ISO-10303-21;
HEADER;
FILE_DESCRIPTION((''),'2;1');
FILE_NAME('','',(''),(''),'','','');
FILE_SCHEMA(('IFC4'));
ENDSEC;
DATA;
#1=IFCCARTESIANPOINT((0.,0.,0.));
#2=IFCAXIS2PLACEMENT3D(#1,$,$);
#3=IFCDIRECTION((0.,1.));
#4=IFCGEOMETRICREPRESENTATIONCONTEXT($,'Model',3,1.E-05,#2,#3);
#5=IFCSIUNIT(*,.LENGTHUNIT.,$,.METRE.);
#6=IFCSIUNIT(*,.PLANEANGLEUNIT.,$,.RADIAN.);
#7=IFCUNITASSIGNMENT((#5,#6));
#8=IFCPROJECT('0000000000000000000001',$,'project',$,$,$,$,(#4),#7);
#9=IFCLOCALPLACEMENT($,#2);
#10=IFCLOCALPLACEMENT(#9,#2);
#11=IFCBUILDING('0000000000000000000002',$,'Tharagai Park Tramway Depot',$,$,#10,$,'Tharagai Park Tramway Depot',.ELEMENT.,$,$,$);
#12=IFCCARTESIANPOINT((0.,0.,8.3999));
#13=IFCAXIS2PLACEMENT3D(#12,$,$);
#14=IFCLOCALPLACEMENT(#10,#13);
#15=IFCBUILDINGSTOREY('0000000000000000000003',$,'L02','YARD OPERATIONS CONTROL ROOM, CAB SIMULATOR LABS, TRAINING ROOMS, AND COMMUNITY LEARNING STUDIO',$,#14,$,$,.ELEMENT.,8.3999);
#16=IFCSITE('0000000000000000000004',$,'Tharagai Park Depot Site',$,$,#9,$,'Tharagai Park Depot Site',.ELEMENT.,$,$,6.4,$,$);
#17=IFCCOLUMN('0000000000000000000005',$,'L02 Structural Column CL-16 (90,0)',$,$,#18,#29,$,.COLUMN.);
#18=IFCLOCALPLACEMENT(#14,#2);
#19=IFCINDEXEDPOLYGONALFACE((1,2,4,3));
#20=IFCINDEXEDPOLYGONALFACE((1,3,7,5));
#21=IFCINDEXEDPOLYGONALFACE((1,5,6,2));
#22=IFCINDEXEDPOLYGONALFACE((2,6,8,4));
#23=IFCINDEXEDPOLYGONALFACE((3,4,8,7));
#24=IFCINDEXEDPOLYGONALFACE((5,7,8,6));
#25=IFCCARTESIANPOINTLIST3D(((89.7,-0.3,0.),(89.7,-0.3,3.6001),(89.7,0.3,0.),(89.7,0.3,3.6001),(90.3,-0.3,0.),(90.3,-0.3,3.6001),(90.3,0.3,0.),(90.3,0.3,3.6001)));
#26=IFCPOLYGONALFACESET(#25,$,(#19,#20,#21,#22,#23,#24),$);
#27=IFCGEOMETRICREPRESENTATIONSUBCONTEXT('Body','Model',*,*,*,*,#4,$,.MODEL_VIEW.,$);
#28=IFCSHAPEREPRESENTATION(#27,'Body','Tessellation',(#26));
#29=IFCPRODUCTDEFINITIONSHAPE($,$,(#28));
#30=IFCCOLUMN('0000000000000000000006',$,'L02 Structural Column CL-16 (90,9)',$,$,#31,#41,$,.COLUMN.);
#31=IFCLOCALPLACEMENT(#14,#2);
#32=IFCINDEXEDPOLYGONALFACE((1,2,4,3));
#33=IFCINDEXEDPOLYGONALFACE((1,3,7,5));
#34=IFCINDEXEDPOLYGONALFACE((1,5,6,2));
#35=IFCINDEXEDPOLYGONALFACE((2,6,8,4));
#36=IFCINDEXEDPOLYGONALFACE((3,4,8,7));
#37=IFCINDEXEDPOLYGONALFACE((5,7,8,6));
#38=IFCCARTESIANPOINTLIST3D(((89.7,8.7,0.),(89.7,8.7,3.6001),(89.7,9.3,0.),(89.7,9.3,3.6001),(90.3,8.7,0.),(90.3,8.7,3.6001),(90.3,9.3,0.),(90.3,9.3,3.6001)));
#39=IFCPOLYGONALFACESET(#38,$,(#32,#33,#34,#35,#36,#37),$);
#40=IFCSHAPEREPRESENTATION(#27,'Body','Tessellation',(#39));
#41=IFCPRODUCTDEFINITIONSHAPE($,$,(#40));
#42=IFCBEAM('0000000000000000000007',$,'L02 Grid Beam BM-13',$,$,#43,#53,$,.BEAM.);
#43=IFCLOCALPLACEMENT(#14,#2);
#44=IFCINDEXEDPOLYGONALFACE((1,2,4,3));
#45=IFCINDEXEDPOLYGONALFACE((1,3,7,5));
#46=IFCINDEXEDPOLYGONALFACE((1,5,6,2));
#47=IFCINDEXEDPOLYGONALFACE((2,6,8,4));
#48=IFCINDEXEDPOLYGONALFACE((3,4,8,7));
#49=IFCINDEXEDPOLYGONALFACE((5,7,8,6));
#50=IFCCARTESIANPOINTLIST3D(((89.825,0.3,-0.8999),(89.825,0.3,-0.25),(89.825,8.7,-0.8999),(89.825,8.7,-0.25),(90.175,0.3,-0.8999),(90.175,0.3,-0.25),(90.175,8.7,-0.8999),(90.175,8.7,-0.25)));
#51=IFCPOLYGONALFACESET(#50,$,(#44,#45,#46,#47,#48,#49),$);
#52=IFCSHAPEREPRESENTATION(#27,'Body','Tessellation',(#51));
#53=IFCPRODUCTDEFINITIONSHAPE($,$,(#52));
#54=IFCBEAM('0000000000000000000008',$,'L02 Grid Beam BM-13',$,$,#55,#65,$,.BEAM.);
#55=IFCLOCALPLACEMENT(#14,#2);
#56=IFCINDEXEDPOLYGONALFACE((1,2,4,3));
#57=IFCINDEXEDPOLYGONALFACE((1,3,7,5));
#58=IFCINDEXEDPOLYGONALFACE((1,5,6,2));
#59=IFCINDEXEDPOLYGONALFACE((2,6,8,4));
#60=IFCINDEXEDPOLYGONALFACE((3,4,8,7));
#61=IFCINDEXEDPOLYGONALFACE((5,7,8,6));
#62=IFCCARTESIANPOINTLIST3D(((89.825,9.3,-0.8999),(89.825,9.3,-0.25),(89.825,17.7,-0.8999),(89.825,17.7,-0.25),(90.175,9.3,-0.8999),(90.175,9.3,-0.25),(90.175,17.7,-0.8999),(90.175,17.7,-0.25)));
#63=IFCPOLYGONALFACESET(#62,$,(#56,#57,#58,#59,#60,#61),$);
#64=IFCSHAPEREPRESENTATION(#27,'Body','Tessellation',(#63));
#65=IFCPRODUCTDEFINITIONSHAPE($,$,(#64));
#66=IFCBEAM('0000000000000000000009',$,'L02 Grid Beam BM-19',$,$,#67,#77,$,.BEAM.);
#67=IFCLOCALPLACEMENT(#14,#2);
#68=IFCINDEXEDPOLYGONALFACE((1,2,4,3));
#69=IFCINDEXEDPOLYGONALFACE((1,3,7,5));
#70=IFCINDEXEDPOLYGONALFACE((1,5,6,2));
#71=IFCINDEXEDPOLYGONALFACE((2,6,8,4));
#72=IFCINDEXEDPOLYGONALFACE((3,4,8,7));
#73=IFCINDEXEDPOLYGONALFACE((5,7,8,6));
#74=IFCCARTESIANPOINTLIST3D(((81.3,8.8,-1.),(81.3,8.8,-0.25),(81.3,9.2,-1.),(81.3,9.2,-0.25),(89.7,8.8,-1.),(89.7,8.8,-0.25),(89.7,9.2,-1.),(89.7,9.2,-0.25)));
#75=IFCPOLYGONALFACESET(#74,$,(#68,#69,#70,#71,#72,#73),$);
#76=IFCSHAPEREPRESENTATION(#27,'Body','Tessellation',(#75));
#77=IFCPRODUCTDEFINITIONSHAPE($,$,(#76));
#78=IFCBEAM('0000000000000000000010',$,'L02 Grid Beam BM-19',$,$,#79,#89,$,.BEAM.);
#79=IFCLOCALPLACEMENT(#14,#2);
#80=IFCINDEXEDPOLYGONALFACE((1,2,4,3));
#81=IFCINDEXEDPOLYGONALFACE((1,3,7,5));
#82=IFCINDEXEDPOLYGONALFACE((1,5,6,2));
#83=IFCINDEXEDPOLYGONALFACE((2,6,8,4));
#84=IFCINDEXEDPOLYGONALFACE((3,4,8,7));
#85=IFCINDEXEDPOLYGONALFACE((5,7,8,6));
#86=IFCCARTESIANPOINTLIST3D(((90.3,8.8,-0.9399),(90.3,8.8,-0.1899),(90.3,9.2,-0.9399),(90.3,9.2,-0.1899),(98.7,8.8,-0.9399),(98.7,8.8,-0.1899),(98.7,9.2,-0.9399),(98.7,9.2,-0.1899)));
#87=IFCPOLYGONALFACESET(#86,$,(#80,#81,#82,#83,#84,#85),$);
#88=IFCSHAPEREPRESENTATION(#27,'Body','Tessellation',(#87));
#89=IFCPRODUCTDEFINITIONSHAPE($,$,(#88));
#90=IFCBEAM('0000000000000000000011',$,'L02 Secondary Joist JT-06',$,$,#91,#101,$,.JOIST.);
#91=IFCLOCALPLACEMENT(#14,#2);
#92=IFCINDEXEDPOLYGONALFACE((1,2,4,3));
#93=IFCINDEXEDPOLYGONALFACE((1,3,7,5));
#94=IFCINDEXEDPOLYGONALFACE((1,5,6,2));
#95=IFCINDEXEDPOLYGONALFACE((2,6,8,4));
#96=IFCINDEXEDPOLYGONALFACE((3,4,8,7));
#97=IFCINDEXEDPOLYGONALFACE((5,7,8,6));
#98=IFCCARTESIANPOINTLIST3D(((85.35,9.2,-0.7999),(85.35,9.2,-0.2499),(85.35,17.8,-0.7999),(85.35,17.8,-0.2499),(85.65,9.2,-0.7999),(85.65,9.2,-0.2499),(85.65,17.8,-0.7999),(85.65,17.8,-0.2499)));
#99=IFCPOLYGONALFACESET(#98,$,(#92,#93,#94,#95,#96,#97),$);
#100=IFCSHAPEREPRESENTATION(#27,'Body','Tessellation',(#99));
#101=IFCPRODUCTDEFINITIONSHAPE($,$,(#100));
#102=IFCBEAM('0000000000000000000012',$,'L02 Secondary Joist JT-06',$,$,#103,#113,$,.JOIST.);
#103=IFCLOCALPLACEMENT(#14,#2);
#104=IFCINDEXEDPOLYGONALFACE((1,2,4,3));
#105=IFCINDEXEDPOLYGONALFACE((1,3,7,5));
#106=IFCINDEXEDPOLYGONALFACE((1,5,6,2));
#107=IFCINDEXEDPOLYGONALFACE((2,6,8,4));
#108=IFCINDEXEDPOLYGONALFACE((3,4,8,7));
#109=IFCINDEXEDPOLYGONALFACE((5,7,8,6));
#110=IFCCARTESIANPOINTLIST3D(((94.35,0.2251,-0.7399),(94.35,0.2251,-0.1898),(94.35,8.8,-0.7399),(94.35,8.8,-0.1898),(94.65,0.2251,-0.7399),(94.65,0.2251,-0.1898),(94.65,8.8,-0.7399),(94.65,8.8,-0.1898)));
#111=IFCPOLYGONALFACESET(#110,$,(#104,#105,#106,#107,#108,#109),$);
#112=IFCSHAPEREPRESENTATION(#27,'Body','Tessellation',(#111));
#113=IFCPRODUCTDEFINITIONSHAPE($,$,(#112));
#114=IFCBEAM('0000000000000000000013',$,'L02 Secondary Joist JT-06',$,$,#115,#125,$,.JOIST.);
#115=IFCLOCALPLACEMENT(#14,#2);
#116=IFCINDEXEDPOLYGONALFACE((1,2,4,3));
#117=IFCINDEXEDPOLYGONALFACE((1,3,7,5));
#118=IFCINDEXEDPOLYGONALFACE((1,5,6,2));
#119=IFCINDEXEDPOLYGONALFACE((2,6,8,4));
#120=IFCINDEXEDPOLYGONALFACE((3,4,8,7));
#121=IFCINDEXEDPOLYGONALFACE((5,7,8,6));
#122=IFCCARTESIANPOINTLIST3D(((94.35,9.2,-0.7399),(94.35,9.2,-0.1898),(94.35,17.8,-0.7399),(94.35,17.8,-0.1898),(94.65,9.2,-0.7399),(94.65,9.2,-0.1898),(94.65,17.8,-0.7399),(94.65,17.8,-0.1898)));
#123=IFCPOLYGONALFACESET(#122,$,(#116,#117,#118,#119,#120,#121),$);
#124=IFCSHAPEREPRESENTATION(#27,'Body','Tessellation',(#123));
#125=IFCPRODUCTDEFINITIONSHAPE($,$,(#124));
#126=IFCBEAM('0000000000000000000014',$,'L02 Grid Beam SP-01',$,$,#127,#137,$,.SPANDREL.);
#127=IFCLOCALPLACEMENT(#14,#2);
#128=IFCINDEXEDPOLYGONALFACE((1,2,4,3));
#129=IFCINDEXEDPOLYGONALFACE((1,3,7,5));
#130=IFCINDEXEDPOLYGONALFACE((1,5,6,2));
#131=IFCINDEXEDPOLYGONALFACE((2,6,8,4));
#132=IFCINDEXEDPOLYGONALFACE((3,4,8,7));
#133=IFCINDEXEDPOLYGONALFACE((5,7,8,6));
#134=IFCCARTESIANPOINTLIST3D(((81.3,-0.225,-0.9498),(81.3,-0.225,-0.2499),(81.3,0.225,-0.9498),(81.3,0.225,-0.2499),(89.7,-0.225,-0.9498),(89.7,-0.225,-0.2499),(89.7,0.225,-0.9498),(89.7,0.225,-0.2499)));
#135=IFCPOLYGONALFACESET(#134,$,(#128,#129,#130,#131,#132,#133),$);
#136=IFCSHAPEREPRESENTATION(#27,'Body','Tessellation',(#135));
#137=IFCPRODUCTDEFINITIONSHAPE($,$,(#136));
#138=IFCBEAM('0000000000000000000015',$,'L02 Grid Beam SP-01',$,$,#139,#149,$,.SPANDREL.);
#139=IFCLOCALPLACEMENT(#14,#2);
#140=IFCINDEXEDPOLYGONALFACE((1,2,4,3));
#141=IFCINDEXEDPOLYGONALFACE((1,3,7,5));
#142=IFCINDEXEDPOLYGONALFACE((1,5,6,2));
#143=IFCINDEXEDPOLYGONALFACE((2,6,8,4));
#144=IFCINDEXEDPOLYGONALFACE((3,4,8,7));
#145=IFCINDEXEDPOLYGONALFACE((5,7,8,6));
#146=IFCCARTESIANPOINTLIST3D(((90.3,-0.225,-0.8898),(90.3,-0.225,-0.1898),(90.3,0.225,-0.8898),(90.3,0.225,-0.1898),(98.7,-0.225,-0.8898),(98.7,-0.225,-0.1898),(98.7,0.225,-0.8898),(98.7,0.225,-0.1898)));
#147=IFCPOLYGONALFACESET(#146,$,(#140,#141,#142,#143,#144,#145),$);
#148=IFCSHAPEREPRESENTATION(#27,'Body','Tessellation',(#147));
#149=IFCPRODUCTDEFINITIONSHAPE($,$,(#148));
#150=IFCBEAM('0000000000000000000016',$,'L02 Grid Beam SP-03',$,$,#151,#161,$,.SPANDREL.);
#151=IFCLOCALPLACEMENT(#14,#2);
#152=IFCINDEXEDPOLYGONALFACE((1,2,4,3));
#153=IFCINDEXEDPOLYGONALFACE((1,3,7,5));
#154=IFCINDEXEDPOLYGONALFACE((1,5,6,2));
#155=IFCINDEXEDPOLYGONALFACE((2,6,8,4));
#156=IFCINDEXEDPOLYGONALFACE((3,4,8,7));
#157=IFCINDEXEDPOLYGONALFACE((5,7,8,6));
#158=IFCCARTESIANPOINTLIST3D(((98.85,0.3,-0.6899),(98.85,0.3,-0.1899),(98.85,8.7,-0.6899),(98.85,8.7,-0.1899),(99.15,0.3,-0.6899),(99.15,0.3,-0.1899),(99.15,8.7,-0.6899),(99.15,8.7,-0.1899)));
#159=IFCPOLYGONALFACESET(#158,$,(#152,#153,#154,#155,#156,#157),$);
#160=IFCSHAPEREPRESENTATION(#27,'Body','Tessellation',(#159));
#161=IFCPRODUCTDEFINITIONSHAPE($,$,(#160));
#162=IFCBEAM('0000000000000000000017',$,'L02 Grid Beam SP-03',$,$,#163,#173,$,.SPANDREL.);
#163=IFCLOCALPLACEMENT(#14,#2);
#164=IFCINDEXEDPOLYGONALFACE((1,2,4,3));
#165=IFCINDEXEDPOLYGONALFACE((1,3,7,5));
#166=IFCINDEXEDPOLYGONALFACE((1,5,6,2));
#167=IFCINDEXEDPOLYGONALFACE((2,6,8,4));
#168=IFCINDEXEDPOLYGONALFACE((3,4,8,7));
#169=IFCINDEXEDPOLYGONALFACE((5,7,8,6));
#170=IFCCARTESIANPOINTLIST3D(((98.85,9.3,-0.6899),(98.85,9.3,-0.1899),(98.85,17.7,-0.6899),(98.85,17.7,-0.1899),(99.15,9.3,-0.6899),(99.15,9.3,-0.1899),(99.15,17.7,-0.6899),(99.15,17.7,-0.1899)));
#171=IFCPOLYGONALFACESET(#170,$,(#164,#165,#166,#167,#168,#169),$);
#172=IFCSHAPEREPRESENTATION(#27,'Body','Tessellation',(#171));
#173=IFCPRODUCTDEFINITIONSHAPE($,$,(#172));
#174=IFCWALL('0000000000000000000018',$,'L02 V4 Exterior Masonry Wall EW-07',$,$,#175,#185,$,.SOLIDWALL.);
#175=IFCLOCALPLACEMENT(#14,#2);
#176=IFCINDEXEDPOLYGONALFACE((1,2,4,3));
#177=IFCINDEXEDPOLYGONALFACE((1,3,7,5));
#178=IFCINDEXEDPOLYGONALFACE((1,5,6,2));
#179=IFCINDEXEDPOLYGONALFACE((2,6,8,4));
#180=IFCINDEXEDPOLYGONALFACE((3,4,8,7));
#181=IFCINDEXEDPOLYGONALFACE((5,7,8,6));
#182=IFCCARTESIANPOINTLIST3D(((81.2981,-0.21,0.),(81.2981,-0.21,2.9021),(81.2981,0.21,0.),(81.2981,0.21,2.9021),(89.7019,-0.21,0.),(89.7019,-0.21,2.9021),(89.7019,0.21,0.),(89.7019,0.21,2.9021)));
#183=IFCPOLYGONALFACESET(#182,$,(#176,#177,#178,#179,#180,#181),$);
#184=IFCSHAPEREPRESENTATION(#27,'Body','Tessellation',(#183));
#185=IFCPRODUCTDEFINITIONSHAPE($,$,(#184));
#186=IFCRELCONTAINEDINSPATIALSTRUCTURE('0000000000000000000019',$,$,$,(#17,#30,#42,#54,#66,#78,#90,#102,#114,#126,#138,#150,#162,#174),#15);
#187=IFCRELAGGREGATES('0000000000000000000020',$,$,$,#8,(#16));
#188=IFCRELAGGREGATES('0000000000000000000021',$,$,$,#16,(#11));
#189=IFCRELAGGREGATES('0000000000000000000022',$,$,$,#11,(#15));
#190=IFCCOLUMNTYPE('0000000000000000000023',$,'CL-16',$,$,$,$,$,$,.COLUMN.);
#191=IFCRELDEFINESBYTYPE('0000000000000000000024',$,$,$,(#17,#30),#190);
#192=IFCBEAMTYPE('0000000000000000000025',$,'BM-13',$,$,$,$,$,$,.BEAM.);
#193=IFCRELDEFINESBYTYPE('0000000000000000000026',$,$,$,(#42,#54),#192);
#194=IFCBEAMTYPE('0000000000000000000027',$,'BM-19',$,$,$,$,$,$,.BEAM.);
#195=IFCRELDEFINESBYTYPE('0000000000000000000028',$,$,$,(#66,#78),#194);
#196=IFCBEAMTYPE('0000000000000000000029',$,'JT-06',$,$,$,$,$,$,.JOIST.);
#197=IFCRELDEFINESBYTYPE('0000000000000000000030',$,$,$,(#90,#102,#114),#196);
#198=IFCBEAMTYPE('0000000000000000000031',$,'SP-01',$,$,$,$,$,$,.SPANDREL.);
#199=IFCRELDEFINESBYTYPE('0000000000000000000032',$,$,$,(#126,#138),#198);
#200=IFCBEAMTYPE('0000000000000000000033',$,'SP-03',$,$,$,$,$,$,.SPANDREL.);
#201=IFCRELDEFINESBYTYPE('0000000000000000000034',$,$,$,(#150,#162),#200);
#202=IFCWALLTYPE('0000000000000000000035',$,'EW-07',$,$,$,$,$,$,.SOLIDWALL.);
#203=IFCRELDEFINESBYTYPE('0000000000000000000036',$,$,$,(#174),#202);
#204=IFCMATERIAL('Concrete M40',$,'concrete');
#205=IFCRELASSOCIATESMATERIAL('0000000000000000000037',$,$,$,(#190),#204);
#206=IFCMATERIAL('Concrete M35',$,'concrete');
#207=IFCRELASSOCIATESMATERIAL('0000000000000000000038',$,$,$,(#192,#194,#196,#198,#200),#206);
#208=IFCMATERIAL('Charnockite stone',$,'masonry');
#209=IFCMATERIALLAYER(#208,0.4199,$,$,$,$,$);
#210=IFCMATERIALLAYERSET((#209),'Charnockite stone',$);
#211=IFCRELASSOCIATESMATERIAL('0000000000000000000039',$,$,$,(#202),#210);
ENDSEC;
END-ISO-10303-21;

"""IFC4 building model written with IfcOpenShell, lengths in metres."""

from ifc_helpers import new_model, si_unit, direction, frame, frame_2d, origin, origin_2d, place, context, subcontext, project, spatial, rectangle, extrude, material, layer, layer_set, material_profile, profile_set, type_object, element, save


model = new_model("IFC4")

# Units and contexts
model_context = context("Model", 3, precision=1e-05, world=origin(), true_north=direction((0.0, 1.0)))
body_context = subcontext(model_context, "Body", "Model", "MODEL_VIEW")
ifc_project = project(units=[si_unit("LENGTHUNIT", "METRE"), si_unit("PLANEANGLEUNIT", "RADIAN")], contexts=[model_context])

# Site, building, storey
site_placement = place(None, origin())
site = spatial("IfcSite", under=ifc_project, at=site_placement, Name="Tharagai Park Depot Site", LongName="Tharagai Park Depot Site", CompositionType="ELEMENT", RefElevation=6.4)
building_placement = place(site_placement, origin())
building = spatial("IfcBuilding", under=site, at=building_placement, Name="Tharagai Park Tramway Depot", LongName="Tharagai Park Tramway Depot", CompositionType="ELEMENT")
storey_placement = place(building_placement, frame((0.0, 0.0, 8.3999)))
storey = spatial("IfcBuildingStorey", under=building, at=storey_placement, Name="L02", Description="YARD OPERATIONS CONTROL ROOM, CAB SIMULATOR LABS, TRAINING ROOMS, AND COMMUNITY LEARNING STUDIO", CompositionType="ELEMENT", Elevation=8.3999)

# Columns
ifc_material_1 = material(Name="Concrete M40", Category="concrete")
ifc_material_profile_1 = material_profile(ifc_material_1, rectangle(XDim=0.6001, YDim=0.6001, at=origin_2d()), Name="RC 600x600")
ifc_profile_set_1 = profile_set([ifc_material_profile_1], Name="Concrete M40")
column_type = type_object("IfcColumnType", Name="CL-16", PredefinedType="COLUMN", material=ifc_profile_set_1)
for number, where, z_axis, x_axis, name in (
    (1, (90.0, 0.0, 0.0), (0.0, 0.0, 1.0), (1.0, 0.0, 0.0), "L02 Structural Column CL-16 (90,0)"),
    (2, (90.0, 9.0, 0.0), (0.0, 0.0, 1.0), (1.0, 0.0, 0.0), "L02 Structural Column CL-16 (90,9)"),
):
    element("IfcColumn", number, at=place(storey_placement, frame(where, z_axis=z_axis, x_axis=x_axis)), inside=storey, type_object=column_type, Name=name, PredefinedType="COLUMN", context=body_context, shape_type="SweptSolid", body=[
        extrude(rectangle(XDim=0.6001, YDim=0.6001, at=origin_2d()), origin(), (0.0, 0.0, 1.0), 3.6001),
    ])

# Beams
ifc_material_2 = material(Name="Concrete M35", Category="concrete")
ifc_material_profile_2 = material_profile(ifc_material_2, rectangle(XDim=0.3501, YDim=0.6499, at=origin_2d()), Name="RC 350x650")
ifc_profile_set_2 = profile_set([ifc_material_profile_2], Name="Concrete M35")
beam_type_1 = type_object("IfcBeamType", Name="BM-13", PredefinedType="BEAM", material=ifc_profile_set_2)
for number, where, z_axis, x_axis, name in (
    (3, (90.0, 0.3, -0.575), (0.0, 1.0, 0.0), (-1.0, 0.0, 0.0), "L02 Grid Beam BM-13"),
    (4, (90.0, 9.3, -0.575), (0.0, 1.0, 0.0), (-1.0, 0.0, 0.0), "L02 Grid Beam BM-13"),
):
    element("IfcBeam", number, at=place(storey_placement, frame(where, z_axis=z_axis, x_axis=x_axis)), inside=storey, type_object=beam_type_1, Name=name, PredefinedType="BEAM", context=body_context, shape_type="SweptSolid", body=[
        extrude(rectangle(XDim=0.3501, YDim=0.6499, at=origin_2d()), origin(), (0.0, 0.0, 1.0), 8.3999),
    ])
ifc_material_profile_3 = material_profile(ifc_material_2, rectangle(XDim=0.3999, YDim=0.75, at=origin_2d()), Name="RC 400x750")
ifc_profile_set_3 = profile_set([ifc_material_profile_3], Name="Concrete M35")
beam_type_2 = type_object("IfcBeamType", Name="BM-19", PredefinedType="BEAM", material=ifc_profile_set_3)
for number, where, z_axis, x_axis, name in (
    (5, (81.3, 9.0, -0.625), (1.0, 0.0, 0.0), (0.0, 1.0, 0.0), "L02 Grid Beam BM-19"),
    (6, (90.3, 9.0, -0.5649), (1.0, 0.0, 0.0), (0.0, 1.0, 0.0), "L02 Grid Beam BM-19"),
):
    element("IfcBeam", number, at=place(storey_placement, frame(where, z_axis=z_axis, x_axis=x_axis)), inside=storey, type_object=beam_type_2, Name=name, PredefinedType="BEAM", context=body_context, shape_type="SweptSolid", body=[
        extrude(rectangle(XDim=0.3999, YDim=0.75, at=origin_2d()), origin(), (0.0, 0.0, 1.0), 8.3999),
    ])
ifc_material_profile_4 = material_profile(ifc_material_2, rectangle(XDim=0.3, YDim=0.55, at=origin_2d()), Name="RC 300x550")
ifc_profile_set_4 = profile_set([ifc_material_profile_4], Name="Concrete M35")
beam_type_3 = type_object("IfcBeamType", Name="JT-06", PredefinedType="JOIST", material=ifc_profile_set_4)
beam_1_placement = place(storey_placement, frame((85.5, 9.2, -0.5249), z_axis=(0.0, 1.0, 0.0), x_axis=(-1.0, 0.0, 0.0)))
element("IfcBeam", 7, at=beam_1_placement, inside=storey, type_object=beam_type_3, Name="L02 Secondary Joist JT-06", PredefinedType="JOIST", context=body_context, shape_type="SweptSolid", body=[
    extrude(rectangle(XDim=0.3, YDim=0.55, at=origin_2d()), origin(), (0.0, 0.0, 1.0), 8.6001),
])
beam_2_placement = place(storey_placement, frame((94.5, 0.2251, -0.4648), z_axis=(0.0, 1.0, 0.0), x_axis=(-1.0, 0.0, 0.0)))
element("IfcBeam", 8, at=beam_2_placement, inside=storey, type_object=beam_type_3, Name="L02 Secondary Joist JT-06", PredefinedType="JOIST", context=body_context, shape_type="SweptSolid", body=[
    extrude(rectangle(XDim=0.3, YDim=0.55, at=origin_2d()), origin(), (0.0, 0.0, 1.0), 8.575),
])
beam_3_placement = place(storey_placement, frame((94.5, 9.2, -0.4648), z_axis=(0.0, 1.0, 0.0), x_axis=(-1.0, 0.0, 0.0)))
element("IfcBeam", 9, at=beam_3_placement, inside=storey, type_object=beam_type_3, Name="L02 Secondary Joist JT-06", PredefinedType="JOIST", context=body_context, shape_type="SweptSolid", body=[
    extrude(rectangle(XDim=0.3, YDim=0.55, at=origin_2d()), origin(), (0.0, 0.0, 1.0), 8.6001),
])
ifc_material_profile_5 = material_profile(ifc_material_2, rectangle(XDim=0.45, YDim=0.7, at=origin_2d()), Name="RC 450x700")
ifc_profile_set_5 = profile_set([ifc_material_profile_5], Name="Concrete M35")
beam_type_4 = type_object("IfcBeamType", Name="SP-01", PredefinedType="SPANDREL", material=ifc_profile_set_5)
for number, where, z_axis, x_axis, name in (
    (10, (81.3, 0.0, -0.5999), (1.0, 0.0, 0.0), (0.0, 1.0, 0.0), "L02 Grid Beam SP-01"),
    (11, (90.3, 0.0, -0.5398), (1.0, 0.0, 0.0), (0.0, 1.0, 0.0), "L02 Grid Beam SP-01"),
):
    element("IfcBeam", number, at=place(storey_placement, frame(where, z_axis=z_axis, x_axis=x_axis)), inside=storey, type_object=beam_type_4, Name=name, PredefinedType="SPANDREL", context=body_context, shape_type="SweptSolid", body=[
        extrude(rectangle(XDim=0.45, YDim=0.7, at=origin_2d()), origin(), (0.0, 0.0, 1.0), 8.3999),
    ])
ifc_material_profile_6 = material_profile(ifc_material_2, rectangle(XDim=0.3, YDim=0.5, at=origin_2d()), Name="RC 300x500")
ifc_profile_set_6 = profile_set([ifc_material_profile_6], Name="Concrete M35")
beam_type_5 = type_object("IfcBeamType", Name="SP-03", PredefinedType="SPANDREL", material=ifc_profile_set_6)
for number, where, z_axis, x_axis, name in (
    (12, (99.0, 0.3, -0.4399), (0.0, 1.0, 0.0), (-1.0, 0.0, 0.0), "L02 Grid Beam SP-03"),
    (13, (99.0, 9.3, -0.4399), (0.0, 1.0, 0.0), (-1.0, 0.0, 0.0), "L02 Grid Beam SP-03"),
):
    element("IfcBeam", number, at=place(storey_placement, frame(where, z_axis=z_axis, x_axis=x_axis)), inside=storey, type_object=beam_type_5, Name=name, PredefinedType="SPANDREL", context=body_context, shape_type="SweptSolid", body=[
        extrude(rectangle(XDim=0.3, YDim=0.5, at=origin_2d()), origin(), (0.0, 0.0, 1.0), 8.3999),
    ])

# Wall
ifc_material_3 = material(Name="Charnockite stone", Category="masonry")
ifc_layer_1 = layer(ifc_material_3, 0.4199)
ifc_layer_set_1 = layer_set([ifc_layer_1], Name="Charnockite stone")
wall_type_1 = type_object("IfcWallType", Name="EW-07", PredefinedType="SOLIDWALL", material=ifc_layer_set_1)
wall_1_placement = place(storey_placement, frame((81.2981, 0.0, 0.0), z_axis=(0.0, 0.0, 1.0), x_axis=(1.0, 0.0, 0.0)))
element("IfcWall", 14, at=wall_1_placement, inside=storey, type_object=wall_type_1, Name="L02 V4 Exterior Masonry Wall EW-07", PredefinedType="SOLIDWALL", context=body_context, shape_type="SweptSolid", body=[
    extrude(rectangle(XDim=8.4038, YDim=0.4199, at=frame_2d((4.2019, 0.0))), origin(), (0.0, 0.0, 1.0), 2.9021),
])

save(model, "model.ifc")
